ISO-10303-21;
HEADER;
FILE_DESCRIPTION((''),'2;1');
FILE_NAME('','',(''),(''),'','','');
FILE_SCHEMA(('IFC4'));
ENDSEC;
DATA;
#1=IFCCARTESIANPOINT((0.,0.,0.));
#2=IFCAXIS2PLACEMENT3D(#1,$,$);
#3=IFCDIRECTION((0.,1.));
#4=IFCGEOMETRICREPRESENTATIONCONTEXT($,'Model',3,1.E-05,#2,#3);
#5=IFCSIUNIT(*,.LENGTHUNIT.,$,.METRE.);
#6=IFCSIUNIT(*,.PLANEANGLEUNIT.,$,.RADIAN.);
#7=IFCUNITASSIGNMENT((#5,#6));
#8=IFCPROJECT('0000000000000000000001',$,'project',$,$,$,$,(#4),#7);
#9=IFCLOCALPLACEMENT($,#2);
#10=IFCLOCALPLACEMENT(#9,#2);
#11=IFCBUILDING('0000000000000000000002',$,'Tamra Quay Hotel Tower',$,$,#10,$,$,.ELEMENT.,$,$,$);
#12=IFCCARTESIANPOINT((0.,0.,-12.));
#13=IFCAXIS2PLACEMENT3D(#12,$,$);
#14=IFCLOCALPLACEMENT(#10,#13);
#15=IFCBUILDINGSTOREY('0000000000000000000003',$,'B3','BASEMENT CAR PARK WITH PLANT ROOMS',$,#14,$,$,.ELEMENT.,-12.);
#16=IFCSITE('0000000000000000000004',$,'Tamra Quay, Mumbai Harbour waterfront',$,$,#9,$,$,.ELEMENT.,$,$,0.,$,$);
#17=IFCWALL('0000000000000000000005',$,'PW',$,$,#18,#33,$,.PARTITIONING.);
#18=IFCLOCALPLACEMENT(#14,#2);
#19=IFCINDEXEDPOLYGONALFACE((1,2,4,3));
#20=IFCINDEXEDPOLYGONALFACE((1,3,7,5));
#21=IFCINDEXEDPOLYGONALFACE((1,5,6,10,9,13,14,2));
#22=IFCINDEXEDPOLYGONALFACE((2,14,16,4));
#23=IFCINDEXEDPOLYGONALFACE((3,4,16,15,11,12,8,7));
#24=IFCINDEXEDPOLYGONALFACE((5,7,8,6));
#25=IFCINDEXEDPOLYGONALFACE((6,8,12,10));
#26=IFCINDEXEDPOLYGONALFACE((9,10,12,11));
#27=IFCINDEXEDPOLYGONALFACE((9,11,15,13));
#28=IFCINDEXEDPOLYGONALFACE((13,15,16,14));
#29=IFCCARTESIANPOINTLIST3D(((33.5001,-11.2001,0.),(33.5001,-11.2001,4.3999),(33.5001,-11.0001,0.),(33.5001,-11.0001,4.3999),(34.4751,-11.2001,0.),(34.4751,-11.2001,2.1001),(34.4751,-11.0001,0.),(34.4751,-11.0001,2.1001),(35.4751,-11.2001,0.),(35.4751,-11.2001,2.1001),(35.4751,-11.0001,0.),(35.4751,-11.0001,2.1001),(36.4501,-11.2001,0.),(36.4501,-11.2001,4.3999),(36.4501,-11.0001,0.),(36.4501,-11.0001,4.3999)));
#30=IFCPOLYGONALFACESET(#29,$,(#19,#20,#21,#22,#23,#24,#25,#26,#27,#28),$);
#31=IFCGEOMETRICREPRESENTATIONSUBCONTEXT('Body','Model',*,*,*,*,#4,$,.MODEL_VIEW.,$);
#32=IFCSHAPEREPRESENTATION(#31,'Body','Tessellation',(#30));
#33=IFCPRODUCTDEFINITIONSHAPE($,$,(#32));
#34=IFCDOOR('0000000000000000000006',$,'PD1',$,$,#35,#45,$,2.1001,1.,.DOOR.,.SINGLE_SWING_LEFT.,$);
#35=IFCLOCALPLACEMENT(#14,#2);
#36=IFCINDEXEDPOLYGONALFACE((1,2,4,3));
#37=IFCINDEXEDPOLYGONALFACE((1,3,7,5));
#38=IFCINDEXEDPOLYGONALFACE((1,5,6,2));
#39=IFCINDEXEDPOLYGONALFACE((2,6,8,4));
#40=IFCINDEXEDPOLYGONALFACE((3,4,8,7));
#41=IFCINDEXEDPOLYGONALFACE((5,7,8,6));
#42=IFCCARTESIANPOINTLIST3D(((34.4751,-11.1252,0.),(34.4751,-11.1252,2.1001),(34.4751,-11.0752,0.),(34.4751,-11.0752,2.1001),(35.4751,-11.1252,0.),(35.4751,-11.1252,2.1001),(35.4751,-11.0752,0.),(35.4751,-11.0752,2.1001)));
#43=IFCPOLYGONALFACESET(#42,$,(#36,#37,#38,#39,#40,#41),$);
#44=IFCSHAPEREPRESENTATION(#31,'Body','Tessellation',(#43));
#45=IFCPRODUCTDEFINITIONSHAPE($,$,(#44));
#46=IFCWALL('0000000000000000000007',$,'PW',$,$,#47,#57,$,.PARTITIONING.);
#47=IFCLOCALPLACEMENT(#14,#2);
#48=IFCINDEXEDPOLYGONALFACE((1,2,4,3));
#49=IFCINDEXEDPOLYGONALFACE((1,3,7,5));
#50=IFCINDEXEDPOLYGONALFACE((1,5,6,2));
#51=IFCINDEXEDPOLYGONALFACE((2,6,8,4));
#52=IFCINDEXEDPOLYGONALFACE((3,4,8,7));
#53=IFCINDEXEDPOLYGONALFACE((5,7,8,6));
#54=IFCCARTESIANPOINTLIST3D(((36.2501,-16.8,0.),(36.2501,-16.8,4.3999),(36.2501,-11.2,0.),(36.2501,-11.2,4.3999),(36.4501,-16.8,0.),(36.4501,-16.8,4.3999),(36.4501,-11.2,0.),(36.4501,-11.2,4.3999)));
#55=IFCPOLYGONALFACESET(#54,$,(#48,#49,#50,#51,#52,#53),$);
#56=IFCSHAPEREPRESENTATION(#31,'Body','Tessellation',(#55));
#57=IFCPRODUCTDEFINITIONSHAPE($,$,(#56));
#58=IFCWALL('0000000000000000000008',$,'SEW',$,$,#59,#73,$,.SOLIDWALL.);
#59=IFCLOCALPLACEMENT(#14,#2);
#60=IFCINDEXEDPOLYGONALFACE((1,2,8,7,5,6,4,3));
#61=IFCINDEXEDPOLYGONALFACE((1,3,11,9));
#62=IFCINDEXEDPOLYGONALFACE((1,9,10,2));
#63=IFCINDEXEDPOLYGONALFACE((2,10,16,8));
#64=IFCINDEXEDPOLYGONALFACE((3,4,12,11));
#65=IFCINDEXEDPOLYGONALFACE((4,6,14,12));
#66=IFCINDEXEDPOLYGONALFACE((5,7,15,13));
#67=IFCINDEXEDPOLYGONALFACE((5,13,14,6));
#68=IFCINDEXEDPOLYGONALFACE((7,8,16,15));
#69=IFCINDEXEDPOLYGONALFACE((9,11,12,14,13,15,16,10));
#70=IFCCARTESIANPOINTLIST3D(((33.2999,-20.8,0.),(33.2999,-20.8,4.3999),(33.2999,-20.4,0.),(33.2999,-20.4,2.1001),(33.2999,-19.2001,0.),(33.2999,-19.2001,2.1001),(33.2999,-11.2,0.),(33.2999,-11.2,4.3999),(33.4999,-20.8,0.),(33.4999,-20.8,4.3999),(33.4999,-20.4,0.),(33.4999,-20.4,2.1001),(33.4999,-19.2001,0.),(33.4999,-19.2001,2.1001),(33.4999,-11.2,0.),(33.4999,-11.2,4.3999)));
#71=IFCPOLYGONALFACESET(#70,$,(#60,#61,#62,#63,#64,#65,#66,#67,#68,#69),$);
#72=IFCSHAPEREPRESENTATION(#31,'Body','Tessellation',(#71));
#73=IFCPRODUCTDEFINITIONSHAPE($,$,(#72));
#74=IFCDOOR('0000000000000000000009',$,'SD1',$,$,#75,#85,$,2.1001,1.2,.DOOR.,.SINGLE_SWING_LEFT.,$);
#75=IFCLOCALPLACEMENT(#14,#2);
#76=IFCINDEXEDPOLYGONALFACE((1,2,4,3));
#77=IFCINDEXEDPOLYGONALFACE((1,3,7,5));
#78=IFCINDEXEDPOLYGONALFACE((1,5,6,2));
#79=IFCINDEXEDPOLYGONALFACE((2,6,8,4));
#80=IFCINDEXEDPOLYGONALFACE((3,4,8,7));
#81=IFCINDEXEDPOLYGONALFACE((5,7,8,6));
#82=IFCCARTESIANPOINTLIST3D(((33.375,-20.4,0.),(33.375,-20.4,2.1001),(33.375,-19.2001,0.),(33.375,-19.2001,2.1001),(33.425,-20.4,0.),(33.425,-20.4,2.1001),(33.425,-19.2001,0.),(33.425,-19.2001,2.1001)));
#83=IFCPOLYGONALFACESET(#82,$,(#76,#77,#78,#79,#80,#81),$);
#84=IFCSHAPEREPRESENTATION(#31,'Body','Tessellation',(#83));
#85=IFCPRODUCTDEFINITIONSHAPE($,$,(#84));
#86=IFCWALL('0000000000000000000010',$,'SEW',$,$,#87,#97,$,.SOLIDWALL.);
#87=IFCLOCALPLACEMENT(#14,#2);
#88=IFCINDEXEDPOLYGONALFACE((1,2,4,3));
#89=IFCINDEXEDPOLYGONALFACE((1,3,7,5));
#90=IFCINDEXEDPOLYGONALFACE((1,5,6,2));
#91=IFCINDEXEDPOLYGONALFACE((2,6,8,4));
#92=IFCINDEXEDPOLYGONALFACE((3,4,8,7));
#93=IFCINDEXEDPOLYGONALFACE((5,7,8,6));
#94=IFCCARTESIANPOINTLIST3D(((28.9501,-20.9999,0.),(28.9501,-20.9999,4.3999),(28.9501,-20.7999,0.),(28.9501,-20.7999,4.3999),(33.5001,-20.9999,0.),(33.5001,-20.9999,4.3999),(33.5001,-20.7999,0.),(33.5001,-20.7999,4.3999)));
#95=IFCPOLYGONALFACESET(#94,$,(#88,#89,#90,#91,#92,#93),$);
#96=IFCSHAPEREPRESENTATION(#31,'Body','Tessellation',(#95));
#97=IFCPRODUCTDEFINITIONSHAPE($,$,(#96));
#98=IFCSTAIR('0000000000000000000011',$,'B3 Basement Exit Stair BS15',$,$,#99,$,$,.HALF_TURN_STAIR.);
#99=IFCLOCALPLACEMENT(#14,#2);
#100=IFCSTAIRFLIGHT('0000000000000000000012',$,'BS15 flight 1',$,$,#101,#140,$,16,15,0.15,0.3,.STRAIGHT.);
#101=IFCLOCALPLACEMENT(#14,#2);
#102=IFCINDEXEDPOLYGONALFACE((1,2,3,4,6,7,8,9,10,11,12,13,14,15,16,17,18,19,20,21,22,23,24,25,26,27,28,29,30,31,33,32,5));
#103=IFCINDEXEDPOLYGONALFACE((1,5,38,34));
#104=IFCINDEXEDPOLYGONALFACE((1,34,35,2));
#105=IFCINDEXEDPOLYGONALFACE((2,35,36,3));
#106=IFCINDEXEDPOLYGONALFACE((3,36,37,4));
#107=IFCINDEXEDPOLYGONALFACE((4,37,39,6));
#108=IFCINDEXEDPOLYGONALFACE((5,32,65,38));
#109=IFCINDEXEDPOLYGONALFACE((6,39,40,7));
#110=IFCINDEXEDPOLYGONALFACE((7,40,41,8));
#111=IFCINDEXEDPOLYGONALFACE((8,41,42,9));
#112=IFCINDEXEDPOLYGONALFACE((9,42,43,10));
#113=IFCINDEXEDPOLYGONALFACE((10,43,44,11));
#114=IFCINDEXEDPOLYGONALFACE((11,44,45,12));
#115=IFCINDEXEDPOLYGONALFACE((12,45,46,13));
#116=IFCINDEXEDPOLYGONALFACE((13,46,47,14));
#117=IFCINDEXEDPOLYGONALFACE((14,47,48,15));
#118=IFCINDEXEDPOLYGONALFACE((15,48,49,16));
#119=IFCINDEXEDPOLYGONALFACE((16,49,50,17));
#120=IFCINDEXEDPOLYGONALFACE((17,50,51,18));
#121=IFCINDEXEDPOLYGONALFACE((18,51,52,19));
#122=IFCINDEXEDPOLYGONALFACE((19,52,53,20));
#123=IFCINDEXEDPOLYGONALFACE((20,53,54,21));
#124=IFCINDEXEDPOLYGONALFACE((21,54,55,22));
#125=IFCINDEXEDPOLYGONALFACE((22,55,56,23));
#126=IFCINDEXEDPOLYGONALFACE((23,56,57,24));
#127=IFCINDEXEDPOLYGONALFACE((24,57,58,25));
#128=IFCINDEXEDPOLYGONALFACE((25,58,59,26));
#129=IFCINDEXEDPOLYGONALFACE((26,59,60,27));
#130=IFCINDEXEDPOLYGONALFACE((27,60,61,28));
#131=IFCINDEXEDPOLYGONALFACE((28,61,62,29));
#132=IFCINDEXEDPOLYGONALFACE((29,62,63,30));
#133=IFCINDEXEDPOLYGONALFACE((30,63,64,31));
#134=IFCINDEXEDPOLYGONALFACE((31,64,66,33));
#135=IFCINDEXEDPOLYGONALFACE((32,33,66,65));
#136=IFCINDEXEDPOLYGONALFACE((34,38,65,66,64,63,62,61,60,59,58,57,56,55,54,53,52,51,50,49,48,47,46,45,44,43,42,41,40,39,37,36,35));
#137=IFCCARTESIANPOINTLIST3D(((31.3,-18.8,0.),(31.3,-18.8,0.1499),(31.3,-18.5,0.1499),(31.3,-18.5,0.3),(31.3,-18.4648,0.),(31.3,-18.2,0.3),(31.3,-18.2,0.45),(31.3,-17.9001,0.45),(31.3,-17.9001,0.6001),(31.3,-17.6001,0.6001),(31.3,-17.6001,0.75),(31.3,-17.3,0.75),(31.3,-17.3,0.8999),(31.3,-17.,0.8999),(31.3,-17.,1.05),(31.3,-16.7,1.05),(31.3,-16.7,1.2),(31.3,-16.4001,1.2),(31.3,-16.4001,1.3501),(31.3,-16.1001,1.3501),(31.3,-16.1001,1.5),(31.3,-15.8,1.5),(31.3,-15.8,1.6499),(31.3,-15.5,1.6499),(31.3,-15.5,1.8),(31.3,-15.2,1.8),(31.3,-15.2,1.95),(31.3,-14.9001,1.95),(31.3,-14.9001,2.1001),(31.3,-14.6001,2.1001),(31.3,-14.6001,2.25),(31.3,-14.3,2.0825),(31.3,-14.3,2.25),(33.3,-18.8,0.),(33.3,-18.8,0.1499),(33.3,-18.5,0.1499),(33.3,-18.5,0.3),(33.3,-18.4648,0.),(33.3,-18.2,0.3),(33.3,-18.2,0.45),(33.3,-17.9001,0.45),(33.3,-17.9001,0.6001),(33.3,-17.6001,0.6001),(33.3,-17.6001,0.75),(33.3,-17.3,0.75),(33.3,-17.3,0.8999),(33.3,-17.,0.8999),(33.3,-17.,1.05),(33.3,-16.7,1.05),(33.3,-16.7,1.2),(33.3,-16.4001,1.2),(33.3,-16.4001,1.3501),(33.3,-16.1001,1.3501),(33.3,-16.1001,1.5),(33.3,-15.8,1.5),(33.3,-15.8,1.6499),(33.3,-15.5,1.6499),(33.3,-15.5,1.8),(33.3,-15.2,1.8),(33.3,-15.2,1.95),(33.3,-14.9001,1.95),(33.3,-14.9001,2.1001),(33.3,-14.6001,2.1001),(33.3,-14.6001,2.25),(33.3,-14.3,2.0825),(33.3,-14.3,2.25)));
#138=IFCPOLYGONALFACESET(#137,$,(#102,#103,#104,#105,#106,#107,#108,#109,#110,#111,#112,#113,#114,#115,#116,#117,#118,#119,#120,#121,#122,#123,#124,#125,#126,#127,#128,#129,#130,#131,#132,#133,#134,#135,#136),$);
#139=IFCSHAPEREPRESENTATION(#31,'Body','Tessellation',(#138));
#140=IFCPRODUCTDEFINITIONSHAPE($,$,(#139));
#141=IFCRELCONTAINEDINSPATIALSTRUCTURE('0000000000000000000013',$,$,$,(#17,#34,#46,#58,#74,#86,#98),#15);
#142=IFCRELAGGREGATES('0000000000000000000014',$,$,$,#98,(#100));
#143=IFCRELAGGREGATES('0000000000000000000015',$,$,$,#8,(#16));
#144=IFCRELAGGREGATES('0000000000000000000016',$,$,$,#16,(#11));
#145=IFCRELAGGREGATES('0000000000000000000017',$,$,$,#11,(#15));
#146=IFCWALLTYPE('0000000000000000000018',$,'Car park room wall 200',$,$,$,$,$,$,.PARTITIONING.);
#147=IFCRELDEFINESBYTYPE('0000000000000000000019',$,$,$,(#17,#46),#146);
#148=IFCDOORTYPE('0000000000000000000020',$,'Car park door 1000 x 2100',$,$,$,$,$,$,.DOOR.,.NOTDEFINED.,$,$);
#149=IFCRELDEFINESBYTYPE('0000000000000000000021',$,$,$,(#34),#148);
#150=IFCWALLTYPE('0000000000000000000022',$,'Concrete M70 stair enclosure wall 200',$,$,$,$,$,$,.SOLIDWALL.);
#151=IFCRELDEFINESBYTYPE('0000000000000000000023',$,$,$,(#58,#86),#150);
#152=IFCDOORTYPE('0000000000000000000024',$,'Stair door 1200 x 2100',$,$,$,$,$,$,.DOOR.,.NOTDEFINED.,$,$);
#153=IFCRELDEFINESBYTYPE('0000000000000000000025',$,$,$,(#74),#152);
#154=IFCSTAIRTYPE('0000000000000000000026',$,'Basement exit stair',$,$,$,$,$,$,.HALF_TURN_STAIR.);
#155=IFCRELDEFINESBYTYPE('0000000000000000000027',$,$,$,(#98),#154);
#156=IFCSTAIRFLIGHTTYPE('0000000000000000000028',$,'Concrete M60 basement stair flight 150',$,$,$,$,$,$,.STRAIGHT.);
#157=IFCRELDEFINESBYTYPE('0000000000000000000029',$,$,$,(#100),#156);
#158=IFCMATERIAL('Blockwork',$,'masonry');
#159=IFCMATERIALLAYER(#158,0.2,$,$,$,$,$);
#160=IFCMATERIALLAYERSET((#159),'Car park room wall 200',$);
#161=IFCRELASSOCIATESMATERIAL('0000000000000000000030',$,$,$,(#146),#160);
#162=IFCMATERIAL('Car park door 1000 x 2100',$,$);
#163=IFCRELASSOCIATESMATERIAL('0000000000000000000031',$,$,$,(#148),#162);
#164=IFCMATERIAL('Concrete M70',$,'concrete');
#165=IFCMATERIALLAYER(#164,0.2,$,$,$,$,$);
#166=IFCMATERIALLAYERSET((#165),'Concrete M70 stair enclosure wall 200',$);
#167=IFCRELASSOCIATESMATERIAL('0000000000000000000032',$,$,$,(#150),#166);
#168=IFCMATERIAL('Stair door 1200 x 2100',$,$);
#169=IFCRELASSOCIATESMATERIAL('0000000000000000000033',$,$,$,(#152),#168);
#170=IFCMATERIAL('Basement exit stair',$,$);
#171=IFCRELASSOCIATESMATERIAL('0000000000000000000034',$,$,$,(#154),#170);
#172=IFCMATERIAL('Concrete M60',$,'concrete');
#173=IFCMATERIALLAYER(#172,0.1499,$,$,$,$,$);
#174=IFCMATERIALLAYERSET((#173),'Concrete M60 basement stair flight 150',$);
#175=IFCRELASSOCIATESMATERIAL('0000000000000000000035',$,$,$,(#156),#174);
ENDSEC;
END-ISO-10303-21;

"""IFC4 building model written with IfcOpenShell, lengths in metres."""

from ifc_helpers import new_model, si_unit, direction, frame, frame_2d, origin, place, context, subcontext, project, spatial, polyline, rectangle, outline, extrude, material, layer, layer_set, type_object, element, fill, aggregate, save


model = new_model("IFC4")

# Units and contexts
model_context = context("Model", 3, precision=1e-05, world=origin(), true_north=direction((0.0, 1.0)))
body_context = subcontext(model_context, "Body", "Model", "MODEL_VIEW")
ifc_project = project(units=[si_unit("LENGTHUNIT", "METRE"), si_unit("PLANEANGLEUNIT", "RADIAN")], contexts=[model_context])

# Site, building, storey
site_placement = place(None, origin())
site = spatial("IfcSite", under=ifc_project, at=site_placement, Name="Tamra Quay, Mumbai Harbour waterfront", CompositionType="ELEMENT", RefElevation=0.0)
building_placement = place(site_placement, origin())
building = spatial("IfcBuilding", under=site, at=building_placement, Name="Tamra Quay Hotel Tower", CompositionType="ELEMENT")
storey_placement = place(building_placement, frame((0.0, 0.0, -12.0)))
storey = spatial("IfcBuildingStorey", under=building, at=storey_placement, Name="B3", Description="BASEMENT CAR PARK WITH PLANT ROOMS", CompositionType="ELEMENT", Elevation=-12.0)

# Shared definitions
ifc_material_1 = material(Name="Concrete M70", Category="concrete")

# Shared definitions
ifc_material_2 = material(Name="Blockwork", Category="masonry")
ifc_layer_1 = layer(ifc_material_2, 0.2)
ifc_layer_set_1 = layer_set([ifc_layer_1], Name="Car park room wall 200")
wall_type_1 = type_object("IfcWallType", Name="Car park room wall 200", PredefinedType="PARTITIONING", material=ifc_layer_set_1)

# Wall, opening, door
wall_1_placement = place(storey_placement, frame((33.5, -11.1001, 0.0), z_axis=(0.0, 0.0, 1.0), x_axis=(1.0, 0.0, 0.0)))
wall_1 = element("IfcWall", 1, at=wall_1_placement, inside=storey, type_object=wall_type_1, Name="PW", PredefinedType="PARTITIONING", context=body_context, shape_type="SweptSolid", body=[
    extrude(rectangle(XDim=2.95, YDim=0.2, at=frame_2d((1.4751, 0.0))), origin(), (0.0, 0.0, 1.0), 4.3999),
])
opening_1_placement = place(wall_1_placement, frame((0.9751, 0.0, 0.0)))
opening_1 = element("IfcOpeningElement", 2, at=opening_1_placement, cuts=wall_1, PredefinedType="OPENING", context=body_context, shape_type="SweptSolid", body=[
    extrude(rectangle(XDim=1.0, YDim=2.1001, at=frame_2d((0.5, 1.05))), frame((0.0, 0.1099, 0.0), z_axis=(0.0, -1.0, 0.0), x_axis=(1.0, 0.0, 0.0)), (0.0, 0.0, 1.0), 0.22),
])
ifc_material_3 = material(Name="Car park door 1000 x 2100")
door_type_1 = type_object("IfcDoorType", Name="Car park door 1000 x 2100", OperationType="NOTDEFINED", PredefinedType="DOOR", material=ifc_material_3)
door_1_placement = place(opening_1_placement, origin())
door_1 = element("IfcDoor", 3, at=door_1_placement, inside=storey, type_object=door_type_1, Name="PD1", OperationType="SINGLE_SWING_LEFT", OverallHeight=2.1001, OverallWidth=1.0, PredefinedType="DOOR", context=body_context, shape_type="SweptSolid", body=[
    extrude(rectangle(XDim=1.0, YDim=2.1001, at=frame_2d((0.5, 1.05))), frame((0.0, 0.0249, 0.0), z_axis=(0.0, -1.0, 0.0), x_axis=(1.0, 0.0, 0.0)), (0.0, 0.0, 1.0), 0.05),
])
fill(opening_1, door_1)

# Wall
wall_2_placement = place(storey_placement, frame((36.3501, -16.8, 0.0), z_axis=(0.0, 0.0, 1.0), x_axis=(0.0, 1.0, 0.0)))
element("IfcWall", 4, at=wall_2_placement, inside=storey, type_object=wall_type_1, Name="PW", PredefinedType="PARTITIONING", context=body_context, shape_type="SweptSolid", body=[
    extrude(rectangle(XDim=5.6001, YDim=0.2, at=frame_2d((2.8, 0.0))), origin(), (0.0, 0.0, 1.0), 4.3999),
])

# Wall, opening, door
ifc_layer_2 = layer(ifc_material_1, 0.2)
ifc_layer_set_2 = layer_set([ifc_layer_2], Name="Concrete M70 stair enclosure wall 200")
wall_type_2 = type_object("IfcWallType", Name="Concrete M70 stair enclosure wall 200", PredefinedType="SOLIDWALL", material=ifc_layer_set_2)
wall_3_placement = place(storey_placement, frame((33.3999, -20.8, 0.0), z_axis=(0.0, 0.0, 1.0), x_axis=(0.0, 1.0, 0.0)))
wall_3 = element("IfcWall", 5, at=wall_3_placement, inside=storey, type_object=wall_type_2, Name="SEW", PredefinedType="SOLIDWALL", context=body_context, shape_type="SweptSolid", body=[
    extrude(rectangle(XDim=9.6001, YDim=0.2, at=frame_2d((4.8, 0.0))), origin(), (0.0, 0.0, 1.0), 4.3999),
])
opening_2_placement = place(wall_3_placement, frame((0.3999, 0.0, 0.0)))
opening_2 = element("IfcOpeningElement", 6, at=opening_2_placement, cuts=wall_3, PredefinedType="OPENING", context=body_context, shape_type="SweptSolid", body=[
    extrude(rectangle(XDim=1.2, YDim=2.1001, at=frame_2d((0.6001, 1.05))), frame((0.0, 0.1099, 0.0), z_axis=(0.0, -1.0, 0.0), x_axis=(1.0, 0.0, 0.0)), (0.0, 0.0, 1.0), 0.22),
])
ifc_material_4 = material(Name="Stair door 1200 x 2100")
door_type_2 = type_object("IfcDoorType", Name="Stair door 1200 x 2100", OperationType="NOTDEFINED", PredefinedType="DOOR", material=ifc_material_4)
door_2_placement = place(opening_2_placement, origin())
door_2 = element("IfcDoor", 7, at=door_2_placement, inside=storey, type_object=door_type_2, Name="SD1", OperationType="SINGLE_SWING_LEFT", OverallHeight=2.1001, OverallWidth=1.2, PredefinedType="DOOR", context=body_context, shape_type="SweptSolid", body=[
    extrude(rectangle(XDim=1.2, YDim=2.1001, at=frame_2d((0.6001, 1.05))), frame((0.0, 0.0249, 0.0), z_axis=(0.0, -1.0, 0.0), x_axis=(1.0, 0.0, 0.0)), (0.0, 0.0, 1.0), 0.05),
])
fill(opening_2, door_2)

# Wall
wall_4_placement = place(storey_placement, frame((33.5, -20.8999, 0.0), z_axis=(0.0, 0.0, 1.0), x_axis=(-1.0, 0.0, 0.0)))
element("IfcWall", 8, at=wall_4_placement, inside=storey, type_object=wall_type_2, Name="SEW", PredefinedType="SOLIDWALL", context=body_context, shape_type="SweptSolid", body=[
    extrude(rectangle(XDim=4.55, YDim=0.2, at=frame_2d((2.2749, 0.0))), origin(), (0.0, 0.0, 1.0), 4.3999),
])

# Stair, stair flight
ifc_material_5 = material(Name="Basement exit stair")
stair_type = type_object("IfcStairType", Name="Basement exit stair", PredefinedType="HALF_TURN_STAIR", material=ifc_material_5)
stair_placement = place(storey_placement, origin())
stair = element("IfcStair", 9, at=stair_placement, inside=storey, type_object=stair_type, Name="B3 Basement Exit Stair BS15", PredefinedType="HALF_TURN_STAIR")
ifc_material_6 = material(Name="Concrete M60", Category="concrete")
ifc_layer_3 = layer(ifc_material_6, 0.1499)
ifc_layer_set_3 = layer_set([ifc_layer_3], Name="Concrete M60 basement stair flight 150")
stair_flight_type = type_object("IfcStairFlightType", Name="Concrete M60 basement stair flight 150", PredefinedType="STRAIGHT", material=ifc_layer_set_3)
stair_flight_placement = place(storey_placement, frame((32.3, -18.8, 0.0), z_axis=(0.0, 0.0, 1.0), x_axis=(0.0, 1.0, 0.0)))
stair_flight = element("IfcStairFlight", 10, at=stair_flight_placement, type_object=stair_flight_type, Name="BS15 flight 1", NumberOfRisers=16, NumberOfTreads=15, PredefinedType="STRAIGHT", RiserHeight=0.15, TreadLength=0.3, context=body_context, shape_type="SweptSolid", body=[
    extrude(outline(polyline([(0.0, 0.0), (0.0, 0.1499), (0.3, 0.1499), (0.3, 0.3), (0.6001, 0.3), (0.6001, 0.45), (0.8999, 0.45), (0.8999, 0.6001), (1.2, 0.6001), (1.2, 0.75), (1.5, 0.75), (1.5, 0.8999), (1.8, 0.8999), (1.8, 1.05), (2.1001, 1.05), (2.1001, 1.2), (2.3999, 1.2), (2.3999, 1.3501), (2.7, 1.3501), (2.7, 1.5), (3.0, 1.5), (3.0, 1.6499), (3.3, 1.6499), (3.3, 1.8), (3.6001, 1.8), (3.6001, 1.95), (3.8999, 1.95), (3.8999, 2.1001), (4.2, 2.1001), (4.2, 2.25), (4.5, 2.25), (4.5, 2.3999), (4.5, 2.0825), (0.3352, 0.0), (0.0, 0.0)])), frame((0.0, 1.0, 0.0), z_axis=(0.0, -1.0, 0.0), x_axis=(1.0, 0.0, 0.0)), (0.0, 0.0, 1.0), 2.0),
])
aggregate(stair, [stair_flight])

save(model, "model.ifc")
